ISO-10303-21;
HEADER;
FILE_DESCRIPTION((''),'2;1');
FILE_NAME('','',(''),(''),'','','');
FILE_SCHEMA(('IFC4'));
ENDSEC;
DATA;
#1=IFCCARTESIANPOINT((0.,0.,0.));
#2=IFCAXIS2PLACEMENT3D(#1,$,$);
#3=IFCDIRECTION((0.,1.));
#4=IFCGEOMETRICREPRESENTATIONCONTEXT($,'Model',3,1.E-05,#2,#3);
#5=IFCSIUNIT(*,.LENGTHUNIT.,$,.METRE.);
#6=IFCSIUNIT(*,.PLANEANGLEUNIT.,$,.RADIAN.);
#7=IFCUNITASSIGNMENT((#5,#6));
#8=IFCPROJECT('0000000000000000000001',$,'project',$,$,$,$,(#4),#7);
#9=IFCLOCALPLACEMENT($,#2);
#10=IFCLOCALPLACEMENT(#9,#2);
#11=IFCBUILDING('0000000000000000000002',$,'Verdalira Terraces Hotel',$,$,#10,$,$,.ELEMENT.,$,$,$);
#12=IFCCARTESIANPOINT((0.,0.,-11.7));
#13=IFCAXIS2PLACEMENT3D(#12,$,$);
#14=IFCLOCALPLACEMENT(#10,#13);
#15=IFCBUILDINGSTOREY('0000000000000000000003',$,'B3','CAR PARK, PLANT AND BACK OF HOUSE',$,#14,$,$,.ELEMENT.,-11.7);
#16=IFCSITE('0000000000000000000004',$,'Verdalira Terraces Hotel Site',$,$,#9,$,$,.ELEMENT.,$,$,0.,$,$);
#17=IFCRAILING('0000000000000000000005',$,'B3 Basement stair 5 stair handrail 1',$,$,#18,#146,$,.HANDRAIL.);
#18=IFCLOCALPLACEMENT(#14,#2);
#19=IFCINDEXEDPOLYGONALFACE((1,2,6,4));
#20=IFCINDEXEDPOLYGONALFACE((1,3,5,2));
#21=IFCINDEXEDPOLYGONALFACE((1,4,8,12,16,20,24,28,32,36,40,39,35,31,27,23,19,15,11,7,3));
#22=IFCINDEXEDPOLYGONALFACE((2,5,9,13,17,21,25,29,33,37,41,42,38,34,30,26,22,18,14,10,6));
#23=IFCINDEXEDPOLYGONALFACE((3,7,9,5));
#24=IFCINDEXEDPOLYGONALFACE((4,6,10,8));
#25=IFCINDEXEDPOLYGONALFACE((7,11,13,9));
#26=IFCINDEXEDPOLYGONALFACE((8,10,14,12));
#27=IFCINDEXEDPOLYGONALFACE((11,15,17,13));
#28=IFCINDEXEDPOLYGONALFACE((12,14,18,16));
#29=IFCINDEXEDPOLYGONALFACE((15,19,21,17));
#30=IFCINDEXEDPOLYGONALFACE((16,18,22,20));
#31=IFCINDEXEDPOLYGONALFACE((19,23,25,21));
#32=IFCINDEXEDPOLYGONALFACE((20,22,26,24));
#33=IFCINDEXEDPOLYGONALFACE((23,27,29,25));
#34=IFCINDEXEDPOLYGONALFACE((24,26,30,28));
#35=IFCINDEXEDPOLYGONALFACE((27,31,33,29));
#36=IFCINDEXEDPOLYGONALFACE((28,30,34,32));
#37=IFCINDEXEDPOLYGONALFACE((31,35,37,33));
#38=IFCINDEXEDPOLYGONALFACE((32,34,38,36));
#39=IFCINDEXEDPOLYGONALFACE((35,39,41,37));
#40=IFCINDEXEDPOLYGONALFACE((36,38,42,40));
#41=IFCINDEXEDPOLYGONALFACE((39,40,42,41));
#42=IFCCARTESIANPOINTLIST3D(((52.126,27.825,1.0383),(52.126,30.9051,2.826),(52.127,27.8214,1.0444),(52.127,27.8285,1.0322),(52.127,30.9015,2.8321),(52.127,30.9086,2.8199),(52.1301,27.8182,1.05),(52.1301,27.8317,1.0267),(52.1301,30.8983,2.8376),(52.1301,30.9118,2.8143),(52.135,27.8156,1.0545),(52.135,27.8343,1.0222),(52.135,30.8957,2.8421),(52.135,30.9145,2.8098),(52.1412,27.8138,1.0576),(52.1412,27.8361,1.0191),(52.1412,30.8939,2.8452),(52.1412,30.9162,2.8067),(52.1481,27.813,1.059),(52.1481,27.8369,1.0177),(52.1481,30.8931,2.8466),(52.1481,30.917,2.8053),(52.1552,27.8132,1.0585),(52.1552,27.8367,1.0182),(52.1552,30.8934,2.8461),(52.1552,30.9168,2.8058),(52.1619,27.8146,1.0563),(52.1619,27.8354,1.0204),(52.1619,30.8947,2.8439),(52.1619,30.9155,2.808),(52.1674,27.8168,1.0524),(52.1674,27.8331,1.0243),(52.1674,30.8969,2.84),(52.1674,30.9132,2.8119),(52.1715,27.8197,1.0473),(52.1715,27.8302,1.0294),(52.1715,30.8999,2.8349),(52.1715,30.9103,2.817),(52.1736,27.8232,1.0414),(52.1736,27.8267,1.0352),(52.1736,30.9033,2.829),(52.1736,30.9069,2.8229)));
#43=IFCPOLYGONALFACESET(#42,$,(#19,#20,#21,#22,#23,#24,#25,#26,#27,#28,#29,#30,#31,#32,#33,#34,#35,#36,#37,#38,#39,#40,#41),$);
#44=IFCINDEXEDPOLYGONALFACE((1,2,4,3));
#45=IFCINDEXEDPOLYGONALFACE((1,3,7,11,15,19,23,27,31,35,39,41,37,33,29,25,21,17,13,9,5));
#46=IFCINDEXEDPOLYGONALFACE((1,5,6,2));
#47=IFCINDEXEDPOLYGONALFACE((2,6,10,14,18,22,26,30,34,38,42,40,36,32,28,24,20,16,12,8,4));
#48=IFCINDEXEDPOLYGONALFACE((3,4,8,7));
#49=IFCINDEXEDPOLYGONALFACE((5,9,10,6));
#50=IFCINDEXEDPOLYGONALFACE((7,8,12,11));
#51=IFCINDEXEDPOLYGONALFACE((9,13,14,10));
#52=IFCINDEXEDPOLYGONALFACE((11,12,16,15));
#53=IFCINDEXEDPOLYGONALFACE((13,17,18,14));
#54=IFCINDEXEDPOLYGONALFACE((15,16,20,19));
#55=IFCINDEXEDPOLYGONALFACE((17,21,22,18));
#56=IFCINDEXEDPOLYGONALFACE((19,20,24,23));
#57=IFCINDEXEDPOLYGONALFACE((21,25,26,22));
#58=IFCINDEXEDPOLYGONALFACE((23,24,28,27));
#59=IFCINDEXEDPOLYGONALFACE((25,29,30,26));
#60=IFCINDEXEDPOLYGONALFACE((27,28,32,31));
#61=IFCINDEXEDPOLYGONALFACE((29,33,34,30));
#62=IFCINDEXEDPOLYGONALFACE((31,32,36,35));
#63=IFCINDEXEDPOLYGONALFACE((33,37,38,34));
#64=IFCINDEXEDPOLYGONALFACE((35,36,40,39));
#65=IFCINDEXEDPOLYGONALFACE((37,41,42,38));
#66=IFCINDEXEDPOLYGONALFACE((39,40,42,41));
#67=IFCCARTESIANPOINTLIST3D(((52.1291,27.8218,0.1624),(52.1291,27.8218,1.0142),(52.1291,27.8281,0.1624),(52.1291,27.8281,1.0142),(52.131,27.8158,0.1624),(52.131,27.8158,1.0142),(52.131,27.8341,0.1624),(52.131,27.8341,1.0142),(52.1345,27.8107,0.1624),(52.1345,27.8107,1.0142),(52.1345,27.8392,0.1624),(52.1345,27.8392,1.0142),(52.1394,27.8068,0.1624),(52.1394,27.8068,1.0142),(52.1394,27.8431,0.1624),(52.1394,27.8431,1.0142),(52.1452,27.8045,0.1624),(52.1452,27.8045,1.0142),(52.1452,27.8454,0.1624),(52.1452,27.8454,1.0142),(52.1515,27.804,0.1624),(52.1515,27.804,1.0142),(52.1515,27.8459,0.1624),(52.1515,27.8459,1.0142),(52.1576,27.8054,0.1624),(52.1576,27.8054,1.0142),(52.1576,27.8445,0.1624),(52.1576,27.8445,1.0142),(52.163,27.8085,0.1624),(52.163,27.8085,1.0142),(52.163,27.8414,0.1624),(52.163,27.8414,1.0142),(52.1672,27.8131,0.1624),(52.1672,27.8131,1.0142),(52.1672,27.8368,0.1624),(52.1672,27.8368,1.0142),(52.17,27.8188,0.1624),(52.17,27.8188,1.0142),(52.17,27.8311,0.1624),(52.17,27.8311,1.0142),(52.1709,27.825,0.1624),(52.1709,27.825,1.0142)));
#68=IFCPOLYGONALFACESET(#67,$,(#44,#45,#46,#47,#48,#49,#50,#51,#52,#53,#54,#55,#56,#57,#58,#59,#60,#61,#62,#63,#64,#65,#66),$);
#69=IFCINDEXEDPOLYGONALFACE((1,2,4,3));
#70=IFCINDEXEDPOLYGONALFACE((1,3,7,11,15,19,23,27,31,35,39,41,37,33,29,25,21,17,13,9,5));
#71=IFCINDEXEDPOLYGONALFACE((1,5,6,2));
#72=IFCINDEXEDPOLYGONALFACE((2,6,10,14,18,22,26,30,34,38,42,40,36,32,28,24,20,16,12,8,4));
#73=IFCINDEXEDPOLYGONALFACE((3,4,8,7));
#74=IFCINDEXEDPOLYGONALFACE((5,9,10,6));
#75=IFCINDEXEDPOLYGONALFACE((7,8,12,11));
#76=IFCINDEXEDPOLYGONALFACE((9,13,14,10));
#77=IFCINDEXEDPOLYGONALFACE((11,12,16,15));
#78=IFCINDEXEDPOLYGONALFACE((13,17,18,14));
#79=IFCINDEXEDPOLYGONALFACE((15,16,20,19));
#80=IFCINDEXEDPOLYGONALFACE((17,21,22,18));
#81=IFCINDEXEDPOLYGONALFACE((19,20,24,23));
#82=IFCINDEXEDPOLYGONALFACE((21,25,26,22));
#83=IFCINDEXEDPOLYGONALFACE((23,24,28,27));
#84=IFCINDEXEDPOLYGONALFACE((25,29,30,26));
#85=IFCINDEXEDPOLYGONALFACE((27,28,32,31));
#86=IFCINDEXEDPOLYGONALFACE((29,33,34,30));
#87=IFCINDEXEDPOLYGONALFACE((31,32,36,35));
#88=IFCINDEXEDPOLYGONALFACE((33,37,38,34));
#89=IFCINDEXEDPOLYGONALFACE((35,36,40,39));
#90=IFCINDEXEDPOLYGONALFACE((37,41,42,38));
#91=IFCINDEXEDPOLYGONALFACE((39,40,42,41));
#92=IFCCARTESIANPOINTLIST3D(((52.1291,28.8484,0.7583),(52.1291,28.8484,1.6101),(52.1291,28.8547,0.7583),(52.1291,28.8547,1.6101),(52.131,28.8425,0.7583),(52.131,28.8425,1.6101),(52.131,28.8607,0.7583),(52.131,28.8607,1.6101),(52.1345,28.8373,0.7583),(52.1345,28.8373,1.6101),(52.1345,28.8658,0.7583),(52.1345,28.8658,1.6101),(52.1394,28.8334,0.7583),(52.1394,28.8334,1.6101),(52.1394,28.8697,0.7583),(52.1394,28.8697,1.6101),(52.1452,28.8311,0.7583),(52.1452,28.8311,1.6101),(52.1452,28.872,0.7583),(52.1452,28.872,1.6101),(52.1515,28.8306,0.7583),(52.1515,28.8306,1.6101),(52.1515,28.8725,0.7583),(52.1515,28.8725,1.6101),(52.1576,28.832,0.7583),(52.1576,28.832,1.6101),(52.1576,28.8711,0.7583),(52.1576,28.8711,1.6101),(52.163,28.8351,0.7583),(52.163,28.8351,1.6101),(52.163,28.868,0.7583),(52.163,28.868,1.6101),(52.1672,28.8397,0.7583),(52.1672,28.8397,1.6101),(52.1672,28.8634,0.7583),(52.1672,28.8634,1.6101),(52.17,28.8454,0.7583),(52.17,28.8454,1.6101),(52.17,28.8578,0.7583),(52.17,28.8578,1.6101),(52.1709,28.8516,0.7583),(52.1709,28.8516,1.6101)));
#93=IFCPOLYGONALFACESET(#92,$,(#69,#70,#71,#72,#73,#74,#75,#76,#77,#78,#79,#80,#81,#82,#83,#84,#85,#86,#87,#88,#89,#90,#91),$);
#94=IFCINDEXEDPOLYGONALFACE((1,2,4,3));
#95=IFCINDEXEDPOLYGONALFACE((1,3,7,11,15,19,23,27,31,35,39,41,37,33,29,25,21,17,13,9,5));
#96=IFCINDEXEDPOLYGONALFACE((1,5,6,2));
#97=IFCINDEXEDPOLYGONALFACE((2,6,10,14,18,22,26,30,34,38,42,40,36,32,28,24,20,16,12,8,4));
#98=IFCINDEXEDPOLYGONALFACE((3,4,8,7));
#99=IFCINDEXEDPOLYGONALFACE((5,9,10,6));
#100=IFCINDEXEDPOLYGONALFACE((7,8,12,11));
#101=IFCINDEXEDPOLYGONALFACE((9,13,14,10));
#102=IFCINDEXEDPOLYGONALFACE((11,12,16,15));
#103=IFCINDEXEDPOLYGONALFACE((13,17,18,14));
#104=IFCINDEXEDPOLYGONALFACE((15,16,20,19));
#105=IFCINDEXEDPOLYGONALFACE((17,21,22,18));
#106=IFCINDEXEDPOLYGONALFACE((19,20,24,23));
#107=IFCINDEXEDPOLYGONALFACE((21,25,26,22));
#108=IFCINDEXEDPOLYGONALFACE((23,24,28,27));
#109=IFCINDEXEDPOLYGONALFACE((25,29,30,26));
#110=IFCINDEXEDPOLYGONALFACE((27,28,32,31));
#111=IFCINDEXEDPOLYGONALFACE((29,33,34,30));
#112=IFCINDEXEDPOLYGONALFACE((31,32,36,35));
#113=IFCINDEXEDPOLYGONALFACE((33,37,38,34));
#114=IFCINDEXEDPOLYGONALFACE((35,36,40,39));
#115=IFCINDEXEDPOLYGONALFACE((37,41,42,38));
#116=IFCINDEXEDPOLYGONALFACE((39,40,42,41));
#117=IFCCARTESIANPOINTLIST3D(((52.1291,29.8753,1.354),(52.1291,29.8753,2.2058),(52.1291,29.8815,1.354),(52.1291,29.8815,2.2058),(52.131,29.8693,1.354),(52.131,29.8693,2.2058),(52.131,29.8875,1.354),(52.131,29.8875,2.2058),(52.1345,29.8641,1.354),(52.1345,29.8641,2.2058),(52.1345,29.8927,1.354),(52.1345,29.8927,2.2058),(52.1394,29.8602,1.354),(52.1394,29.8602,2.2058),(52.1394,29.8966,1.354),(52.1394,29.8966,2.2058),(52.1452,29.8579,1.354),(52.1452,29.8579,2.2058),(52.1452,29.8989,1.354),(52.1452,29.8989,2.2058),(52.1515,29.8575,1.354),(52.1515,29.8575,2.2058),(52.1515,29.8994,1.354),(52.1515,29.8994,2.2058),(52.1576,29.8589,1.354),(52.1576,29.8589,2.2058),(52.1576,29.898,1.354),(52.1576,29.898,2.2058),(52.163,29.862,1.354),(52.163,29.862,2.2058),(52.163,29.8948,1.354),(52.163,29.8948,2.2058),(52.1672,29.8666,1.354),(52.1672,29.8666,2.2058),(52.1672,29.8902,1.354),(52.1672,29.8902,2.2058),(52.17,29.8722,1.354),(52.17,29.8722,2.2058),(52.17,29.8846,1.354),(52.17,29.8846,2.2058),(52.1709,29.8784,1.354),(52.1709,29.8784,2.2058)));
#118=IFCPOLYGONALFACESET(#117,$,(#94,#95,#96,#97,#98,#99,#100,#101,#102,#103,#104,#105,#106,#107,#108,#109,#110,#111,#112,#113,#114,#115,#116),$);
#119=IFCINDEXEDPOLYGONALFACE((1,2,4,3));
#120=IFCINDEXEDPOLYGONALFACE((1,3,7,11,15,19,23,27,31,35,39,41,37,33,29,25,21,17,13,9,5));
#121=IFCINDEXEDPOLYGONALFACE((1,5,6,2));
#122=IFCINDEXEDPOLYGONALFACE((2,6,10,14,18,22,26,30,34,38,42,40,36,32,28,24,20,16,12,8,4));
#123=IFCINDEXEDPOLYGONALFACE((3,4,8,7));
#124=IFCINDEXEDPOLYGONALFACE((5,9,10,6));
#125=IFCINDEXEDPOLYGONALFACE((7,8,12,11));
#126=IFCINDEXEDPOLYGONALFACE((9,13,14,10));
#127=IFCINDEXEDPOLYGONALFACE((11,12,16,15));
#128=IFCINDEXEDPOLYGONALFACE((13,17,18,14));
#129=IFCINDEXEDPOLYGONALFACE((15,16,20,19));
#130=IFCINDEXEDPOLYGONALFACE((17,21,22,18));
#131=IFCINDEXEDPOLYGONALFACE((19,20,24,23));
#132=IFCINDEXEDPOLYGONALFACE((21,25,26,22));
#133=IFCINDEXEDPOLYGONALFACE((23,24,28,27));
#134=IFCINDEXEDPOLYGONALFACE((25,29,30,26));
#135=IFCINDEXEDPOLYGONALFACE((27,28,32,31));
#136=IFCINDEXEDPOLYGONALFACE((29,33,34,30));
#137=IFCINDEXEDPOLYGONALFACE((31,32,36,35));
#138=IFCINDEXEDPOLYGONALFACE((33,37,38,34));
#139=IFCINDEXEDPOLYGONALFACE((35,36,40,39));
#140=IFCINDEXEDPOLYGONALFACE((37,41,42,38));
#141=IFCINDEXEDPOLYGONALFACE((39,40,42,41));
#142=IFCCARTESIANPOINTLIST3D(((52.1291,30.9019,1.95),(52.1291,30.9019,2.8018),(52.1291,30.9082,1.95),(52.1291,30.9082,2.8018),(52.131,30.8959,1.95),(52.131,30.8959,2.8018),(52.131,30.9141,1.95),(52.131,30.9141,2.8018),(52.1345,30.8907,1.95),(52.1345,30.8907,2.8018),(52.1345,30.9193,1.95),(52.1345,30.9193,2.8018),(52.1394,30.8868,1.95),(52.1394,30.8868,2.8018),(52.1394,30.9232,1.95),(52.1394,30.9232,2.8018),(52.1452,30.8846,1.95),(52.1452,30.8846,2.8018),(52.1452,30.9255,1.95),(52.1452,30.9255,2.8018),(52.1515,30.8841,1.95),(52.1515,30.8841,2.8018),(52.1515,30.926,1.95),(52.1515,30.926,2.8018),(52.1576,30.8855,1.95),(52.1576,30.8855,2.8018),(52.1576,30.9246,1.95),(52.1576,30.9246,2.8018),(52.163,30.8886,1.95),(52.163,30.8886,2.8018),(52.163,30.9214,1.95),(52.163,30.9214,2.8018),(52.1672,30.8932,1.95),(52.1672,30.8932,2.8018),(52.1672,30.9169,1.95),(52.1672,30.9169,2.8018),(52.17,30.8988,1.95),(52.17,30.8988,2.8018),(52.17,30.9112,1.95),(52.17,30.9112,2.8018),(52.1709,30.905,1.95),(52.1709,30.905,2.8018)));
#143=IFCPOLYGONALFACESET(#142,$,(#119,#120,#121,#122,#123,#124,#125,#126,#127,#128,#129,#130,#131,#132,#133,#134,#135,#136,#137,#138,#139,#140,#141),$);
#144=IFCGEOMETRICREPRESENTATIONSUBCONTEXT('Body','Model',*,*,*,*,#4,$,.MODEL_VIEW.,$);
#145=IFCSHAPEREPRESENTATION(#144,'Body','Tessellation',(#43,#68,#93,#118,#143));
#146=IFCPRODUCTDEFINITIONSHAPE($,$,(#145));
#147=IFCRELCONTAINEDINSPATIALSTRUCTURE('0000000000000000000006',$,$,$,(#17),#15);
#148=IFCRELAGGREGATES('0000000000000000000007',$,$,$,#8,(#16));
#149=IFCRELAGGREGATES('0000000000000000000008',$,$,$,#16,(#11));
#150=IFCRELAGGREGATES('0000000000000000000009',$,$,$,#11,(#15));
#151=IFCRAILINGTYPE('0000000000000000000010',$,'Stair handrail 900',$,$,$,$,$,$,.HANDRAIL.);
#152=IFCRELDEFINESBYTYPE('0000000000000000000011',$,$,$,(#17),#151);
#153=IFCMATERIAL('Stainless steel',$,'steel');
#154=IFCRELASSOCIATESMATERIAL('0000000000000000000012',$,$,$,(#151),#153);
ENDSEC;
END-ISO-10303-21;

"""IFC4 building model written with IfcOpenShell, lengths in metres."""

from ifc_helpers import new_model, si_unit, direction, frame, origin, origin_2d, place, context, subcontext, project, spatial, circle, extrude, material, type_object, element, save


model = new_model("IFC4")

# Units and contexts
model_context = context("Model", 3, precision=1e-05, world=origin(), true_north=direction((0.0, 1.0)))
body_context = subcontext(model_context, "Body", "Model", "MODEL_VIEW")
ifc_project = project(units=[si_unit("LENGTHUNIT", "METRE"), si_unit("PLANEANGLEUNIT", "RADIAN")], contexts=[model_context])

# Site, building, storey
site_placement = place(None, origin())
site = spatial("IfcSite", under=ifc_project, at=site_placement, Name="Verdalira Terraces Hotel Site", CompositionType="ELEMENT", RefElevation=0.0)
building_placement = place(site_placement, origin())
building = spatial("IfcBuilding", under=site, at=building_placement, Name="Verdalira Terraces Hotel", CompositionType="ELEMENT")
storey_placement = place(building_placement, frame((0.0, 0.0, -11.7)))
storey = spatial("IfcBuildingStorey", under=building, at=storey_placement, Name="B3", Description="CAR PARK, PLANT AND BACK OF HOUSE", CompositionType="ELEMENT", Elevation=-11.7)

# Railing
ifc_material_1 = material(Name="Stainless steel", Category="steel")
railing_type_1 = type_object("IfcRailingType", Name="Stair handrail 900", PredefinedType="HANDRAIL", material=ifc_material_1)
railing_1_placement = place(storey_placement, frame((52.1499, 27.825, 0.1624)))
element("IfcRailing", 1, at=railing_1_placement, inside=storey, type_object=railing_type_1, Name="B3 Basement stair 5 stair handrail 1", PredefinedType="HANDRAIL", context=body_context, shape_type="SweptSolid", body=[
    extrude(circle(Radius=0.0239, at=origin_2d()), frame((0.0, 0.0, 0.876), z_axis=(0.0, 0.864891, 0.50196), x_axis=(-1.0, 0.0, 0.0)), (0.0, 0.0, 1.0), 3.5613),
    extrude(circle(Radius=0.021, at=origin_2d()), origin(), (0.0, 0.0, 1.0), 0.8518),
    extrude(circle(Radius=0.021, at=origin_2d()), frame((0.0, 1.0266, 0.5959)), (0.0, 0.0, 1.0), 0.8518),
    extrude(circle(Radius=0.021, at=origin_2d()), frame((0.0, 2.0535, 1.1917)), (0.0, 0.0, 1.0), 0.8518),
    extrude(circle(Radius=0.021, at=origin_2d()), frame((0.0, 3.0801, 1.7876)), (0.0, 0.0, 1.0), 0.8518),
])

save(model, "model.ifc")
